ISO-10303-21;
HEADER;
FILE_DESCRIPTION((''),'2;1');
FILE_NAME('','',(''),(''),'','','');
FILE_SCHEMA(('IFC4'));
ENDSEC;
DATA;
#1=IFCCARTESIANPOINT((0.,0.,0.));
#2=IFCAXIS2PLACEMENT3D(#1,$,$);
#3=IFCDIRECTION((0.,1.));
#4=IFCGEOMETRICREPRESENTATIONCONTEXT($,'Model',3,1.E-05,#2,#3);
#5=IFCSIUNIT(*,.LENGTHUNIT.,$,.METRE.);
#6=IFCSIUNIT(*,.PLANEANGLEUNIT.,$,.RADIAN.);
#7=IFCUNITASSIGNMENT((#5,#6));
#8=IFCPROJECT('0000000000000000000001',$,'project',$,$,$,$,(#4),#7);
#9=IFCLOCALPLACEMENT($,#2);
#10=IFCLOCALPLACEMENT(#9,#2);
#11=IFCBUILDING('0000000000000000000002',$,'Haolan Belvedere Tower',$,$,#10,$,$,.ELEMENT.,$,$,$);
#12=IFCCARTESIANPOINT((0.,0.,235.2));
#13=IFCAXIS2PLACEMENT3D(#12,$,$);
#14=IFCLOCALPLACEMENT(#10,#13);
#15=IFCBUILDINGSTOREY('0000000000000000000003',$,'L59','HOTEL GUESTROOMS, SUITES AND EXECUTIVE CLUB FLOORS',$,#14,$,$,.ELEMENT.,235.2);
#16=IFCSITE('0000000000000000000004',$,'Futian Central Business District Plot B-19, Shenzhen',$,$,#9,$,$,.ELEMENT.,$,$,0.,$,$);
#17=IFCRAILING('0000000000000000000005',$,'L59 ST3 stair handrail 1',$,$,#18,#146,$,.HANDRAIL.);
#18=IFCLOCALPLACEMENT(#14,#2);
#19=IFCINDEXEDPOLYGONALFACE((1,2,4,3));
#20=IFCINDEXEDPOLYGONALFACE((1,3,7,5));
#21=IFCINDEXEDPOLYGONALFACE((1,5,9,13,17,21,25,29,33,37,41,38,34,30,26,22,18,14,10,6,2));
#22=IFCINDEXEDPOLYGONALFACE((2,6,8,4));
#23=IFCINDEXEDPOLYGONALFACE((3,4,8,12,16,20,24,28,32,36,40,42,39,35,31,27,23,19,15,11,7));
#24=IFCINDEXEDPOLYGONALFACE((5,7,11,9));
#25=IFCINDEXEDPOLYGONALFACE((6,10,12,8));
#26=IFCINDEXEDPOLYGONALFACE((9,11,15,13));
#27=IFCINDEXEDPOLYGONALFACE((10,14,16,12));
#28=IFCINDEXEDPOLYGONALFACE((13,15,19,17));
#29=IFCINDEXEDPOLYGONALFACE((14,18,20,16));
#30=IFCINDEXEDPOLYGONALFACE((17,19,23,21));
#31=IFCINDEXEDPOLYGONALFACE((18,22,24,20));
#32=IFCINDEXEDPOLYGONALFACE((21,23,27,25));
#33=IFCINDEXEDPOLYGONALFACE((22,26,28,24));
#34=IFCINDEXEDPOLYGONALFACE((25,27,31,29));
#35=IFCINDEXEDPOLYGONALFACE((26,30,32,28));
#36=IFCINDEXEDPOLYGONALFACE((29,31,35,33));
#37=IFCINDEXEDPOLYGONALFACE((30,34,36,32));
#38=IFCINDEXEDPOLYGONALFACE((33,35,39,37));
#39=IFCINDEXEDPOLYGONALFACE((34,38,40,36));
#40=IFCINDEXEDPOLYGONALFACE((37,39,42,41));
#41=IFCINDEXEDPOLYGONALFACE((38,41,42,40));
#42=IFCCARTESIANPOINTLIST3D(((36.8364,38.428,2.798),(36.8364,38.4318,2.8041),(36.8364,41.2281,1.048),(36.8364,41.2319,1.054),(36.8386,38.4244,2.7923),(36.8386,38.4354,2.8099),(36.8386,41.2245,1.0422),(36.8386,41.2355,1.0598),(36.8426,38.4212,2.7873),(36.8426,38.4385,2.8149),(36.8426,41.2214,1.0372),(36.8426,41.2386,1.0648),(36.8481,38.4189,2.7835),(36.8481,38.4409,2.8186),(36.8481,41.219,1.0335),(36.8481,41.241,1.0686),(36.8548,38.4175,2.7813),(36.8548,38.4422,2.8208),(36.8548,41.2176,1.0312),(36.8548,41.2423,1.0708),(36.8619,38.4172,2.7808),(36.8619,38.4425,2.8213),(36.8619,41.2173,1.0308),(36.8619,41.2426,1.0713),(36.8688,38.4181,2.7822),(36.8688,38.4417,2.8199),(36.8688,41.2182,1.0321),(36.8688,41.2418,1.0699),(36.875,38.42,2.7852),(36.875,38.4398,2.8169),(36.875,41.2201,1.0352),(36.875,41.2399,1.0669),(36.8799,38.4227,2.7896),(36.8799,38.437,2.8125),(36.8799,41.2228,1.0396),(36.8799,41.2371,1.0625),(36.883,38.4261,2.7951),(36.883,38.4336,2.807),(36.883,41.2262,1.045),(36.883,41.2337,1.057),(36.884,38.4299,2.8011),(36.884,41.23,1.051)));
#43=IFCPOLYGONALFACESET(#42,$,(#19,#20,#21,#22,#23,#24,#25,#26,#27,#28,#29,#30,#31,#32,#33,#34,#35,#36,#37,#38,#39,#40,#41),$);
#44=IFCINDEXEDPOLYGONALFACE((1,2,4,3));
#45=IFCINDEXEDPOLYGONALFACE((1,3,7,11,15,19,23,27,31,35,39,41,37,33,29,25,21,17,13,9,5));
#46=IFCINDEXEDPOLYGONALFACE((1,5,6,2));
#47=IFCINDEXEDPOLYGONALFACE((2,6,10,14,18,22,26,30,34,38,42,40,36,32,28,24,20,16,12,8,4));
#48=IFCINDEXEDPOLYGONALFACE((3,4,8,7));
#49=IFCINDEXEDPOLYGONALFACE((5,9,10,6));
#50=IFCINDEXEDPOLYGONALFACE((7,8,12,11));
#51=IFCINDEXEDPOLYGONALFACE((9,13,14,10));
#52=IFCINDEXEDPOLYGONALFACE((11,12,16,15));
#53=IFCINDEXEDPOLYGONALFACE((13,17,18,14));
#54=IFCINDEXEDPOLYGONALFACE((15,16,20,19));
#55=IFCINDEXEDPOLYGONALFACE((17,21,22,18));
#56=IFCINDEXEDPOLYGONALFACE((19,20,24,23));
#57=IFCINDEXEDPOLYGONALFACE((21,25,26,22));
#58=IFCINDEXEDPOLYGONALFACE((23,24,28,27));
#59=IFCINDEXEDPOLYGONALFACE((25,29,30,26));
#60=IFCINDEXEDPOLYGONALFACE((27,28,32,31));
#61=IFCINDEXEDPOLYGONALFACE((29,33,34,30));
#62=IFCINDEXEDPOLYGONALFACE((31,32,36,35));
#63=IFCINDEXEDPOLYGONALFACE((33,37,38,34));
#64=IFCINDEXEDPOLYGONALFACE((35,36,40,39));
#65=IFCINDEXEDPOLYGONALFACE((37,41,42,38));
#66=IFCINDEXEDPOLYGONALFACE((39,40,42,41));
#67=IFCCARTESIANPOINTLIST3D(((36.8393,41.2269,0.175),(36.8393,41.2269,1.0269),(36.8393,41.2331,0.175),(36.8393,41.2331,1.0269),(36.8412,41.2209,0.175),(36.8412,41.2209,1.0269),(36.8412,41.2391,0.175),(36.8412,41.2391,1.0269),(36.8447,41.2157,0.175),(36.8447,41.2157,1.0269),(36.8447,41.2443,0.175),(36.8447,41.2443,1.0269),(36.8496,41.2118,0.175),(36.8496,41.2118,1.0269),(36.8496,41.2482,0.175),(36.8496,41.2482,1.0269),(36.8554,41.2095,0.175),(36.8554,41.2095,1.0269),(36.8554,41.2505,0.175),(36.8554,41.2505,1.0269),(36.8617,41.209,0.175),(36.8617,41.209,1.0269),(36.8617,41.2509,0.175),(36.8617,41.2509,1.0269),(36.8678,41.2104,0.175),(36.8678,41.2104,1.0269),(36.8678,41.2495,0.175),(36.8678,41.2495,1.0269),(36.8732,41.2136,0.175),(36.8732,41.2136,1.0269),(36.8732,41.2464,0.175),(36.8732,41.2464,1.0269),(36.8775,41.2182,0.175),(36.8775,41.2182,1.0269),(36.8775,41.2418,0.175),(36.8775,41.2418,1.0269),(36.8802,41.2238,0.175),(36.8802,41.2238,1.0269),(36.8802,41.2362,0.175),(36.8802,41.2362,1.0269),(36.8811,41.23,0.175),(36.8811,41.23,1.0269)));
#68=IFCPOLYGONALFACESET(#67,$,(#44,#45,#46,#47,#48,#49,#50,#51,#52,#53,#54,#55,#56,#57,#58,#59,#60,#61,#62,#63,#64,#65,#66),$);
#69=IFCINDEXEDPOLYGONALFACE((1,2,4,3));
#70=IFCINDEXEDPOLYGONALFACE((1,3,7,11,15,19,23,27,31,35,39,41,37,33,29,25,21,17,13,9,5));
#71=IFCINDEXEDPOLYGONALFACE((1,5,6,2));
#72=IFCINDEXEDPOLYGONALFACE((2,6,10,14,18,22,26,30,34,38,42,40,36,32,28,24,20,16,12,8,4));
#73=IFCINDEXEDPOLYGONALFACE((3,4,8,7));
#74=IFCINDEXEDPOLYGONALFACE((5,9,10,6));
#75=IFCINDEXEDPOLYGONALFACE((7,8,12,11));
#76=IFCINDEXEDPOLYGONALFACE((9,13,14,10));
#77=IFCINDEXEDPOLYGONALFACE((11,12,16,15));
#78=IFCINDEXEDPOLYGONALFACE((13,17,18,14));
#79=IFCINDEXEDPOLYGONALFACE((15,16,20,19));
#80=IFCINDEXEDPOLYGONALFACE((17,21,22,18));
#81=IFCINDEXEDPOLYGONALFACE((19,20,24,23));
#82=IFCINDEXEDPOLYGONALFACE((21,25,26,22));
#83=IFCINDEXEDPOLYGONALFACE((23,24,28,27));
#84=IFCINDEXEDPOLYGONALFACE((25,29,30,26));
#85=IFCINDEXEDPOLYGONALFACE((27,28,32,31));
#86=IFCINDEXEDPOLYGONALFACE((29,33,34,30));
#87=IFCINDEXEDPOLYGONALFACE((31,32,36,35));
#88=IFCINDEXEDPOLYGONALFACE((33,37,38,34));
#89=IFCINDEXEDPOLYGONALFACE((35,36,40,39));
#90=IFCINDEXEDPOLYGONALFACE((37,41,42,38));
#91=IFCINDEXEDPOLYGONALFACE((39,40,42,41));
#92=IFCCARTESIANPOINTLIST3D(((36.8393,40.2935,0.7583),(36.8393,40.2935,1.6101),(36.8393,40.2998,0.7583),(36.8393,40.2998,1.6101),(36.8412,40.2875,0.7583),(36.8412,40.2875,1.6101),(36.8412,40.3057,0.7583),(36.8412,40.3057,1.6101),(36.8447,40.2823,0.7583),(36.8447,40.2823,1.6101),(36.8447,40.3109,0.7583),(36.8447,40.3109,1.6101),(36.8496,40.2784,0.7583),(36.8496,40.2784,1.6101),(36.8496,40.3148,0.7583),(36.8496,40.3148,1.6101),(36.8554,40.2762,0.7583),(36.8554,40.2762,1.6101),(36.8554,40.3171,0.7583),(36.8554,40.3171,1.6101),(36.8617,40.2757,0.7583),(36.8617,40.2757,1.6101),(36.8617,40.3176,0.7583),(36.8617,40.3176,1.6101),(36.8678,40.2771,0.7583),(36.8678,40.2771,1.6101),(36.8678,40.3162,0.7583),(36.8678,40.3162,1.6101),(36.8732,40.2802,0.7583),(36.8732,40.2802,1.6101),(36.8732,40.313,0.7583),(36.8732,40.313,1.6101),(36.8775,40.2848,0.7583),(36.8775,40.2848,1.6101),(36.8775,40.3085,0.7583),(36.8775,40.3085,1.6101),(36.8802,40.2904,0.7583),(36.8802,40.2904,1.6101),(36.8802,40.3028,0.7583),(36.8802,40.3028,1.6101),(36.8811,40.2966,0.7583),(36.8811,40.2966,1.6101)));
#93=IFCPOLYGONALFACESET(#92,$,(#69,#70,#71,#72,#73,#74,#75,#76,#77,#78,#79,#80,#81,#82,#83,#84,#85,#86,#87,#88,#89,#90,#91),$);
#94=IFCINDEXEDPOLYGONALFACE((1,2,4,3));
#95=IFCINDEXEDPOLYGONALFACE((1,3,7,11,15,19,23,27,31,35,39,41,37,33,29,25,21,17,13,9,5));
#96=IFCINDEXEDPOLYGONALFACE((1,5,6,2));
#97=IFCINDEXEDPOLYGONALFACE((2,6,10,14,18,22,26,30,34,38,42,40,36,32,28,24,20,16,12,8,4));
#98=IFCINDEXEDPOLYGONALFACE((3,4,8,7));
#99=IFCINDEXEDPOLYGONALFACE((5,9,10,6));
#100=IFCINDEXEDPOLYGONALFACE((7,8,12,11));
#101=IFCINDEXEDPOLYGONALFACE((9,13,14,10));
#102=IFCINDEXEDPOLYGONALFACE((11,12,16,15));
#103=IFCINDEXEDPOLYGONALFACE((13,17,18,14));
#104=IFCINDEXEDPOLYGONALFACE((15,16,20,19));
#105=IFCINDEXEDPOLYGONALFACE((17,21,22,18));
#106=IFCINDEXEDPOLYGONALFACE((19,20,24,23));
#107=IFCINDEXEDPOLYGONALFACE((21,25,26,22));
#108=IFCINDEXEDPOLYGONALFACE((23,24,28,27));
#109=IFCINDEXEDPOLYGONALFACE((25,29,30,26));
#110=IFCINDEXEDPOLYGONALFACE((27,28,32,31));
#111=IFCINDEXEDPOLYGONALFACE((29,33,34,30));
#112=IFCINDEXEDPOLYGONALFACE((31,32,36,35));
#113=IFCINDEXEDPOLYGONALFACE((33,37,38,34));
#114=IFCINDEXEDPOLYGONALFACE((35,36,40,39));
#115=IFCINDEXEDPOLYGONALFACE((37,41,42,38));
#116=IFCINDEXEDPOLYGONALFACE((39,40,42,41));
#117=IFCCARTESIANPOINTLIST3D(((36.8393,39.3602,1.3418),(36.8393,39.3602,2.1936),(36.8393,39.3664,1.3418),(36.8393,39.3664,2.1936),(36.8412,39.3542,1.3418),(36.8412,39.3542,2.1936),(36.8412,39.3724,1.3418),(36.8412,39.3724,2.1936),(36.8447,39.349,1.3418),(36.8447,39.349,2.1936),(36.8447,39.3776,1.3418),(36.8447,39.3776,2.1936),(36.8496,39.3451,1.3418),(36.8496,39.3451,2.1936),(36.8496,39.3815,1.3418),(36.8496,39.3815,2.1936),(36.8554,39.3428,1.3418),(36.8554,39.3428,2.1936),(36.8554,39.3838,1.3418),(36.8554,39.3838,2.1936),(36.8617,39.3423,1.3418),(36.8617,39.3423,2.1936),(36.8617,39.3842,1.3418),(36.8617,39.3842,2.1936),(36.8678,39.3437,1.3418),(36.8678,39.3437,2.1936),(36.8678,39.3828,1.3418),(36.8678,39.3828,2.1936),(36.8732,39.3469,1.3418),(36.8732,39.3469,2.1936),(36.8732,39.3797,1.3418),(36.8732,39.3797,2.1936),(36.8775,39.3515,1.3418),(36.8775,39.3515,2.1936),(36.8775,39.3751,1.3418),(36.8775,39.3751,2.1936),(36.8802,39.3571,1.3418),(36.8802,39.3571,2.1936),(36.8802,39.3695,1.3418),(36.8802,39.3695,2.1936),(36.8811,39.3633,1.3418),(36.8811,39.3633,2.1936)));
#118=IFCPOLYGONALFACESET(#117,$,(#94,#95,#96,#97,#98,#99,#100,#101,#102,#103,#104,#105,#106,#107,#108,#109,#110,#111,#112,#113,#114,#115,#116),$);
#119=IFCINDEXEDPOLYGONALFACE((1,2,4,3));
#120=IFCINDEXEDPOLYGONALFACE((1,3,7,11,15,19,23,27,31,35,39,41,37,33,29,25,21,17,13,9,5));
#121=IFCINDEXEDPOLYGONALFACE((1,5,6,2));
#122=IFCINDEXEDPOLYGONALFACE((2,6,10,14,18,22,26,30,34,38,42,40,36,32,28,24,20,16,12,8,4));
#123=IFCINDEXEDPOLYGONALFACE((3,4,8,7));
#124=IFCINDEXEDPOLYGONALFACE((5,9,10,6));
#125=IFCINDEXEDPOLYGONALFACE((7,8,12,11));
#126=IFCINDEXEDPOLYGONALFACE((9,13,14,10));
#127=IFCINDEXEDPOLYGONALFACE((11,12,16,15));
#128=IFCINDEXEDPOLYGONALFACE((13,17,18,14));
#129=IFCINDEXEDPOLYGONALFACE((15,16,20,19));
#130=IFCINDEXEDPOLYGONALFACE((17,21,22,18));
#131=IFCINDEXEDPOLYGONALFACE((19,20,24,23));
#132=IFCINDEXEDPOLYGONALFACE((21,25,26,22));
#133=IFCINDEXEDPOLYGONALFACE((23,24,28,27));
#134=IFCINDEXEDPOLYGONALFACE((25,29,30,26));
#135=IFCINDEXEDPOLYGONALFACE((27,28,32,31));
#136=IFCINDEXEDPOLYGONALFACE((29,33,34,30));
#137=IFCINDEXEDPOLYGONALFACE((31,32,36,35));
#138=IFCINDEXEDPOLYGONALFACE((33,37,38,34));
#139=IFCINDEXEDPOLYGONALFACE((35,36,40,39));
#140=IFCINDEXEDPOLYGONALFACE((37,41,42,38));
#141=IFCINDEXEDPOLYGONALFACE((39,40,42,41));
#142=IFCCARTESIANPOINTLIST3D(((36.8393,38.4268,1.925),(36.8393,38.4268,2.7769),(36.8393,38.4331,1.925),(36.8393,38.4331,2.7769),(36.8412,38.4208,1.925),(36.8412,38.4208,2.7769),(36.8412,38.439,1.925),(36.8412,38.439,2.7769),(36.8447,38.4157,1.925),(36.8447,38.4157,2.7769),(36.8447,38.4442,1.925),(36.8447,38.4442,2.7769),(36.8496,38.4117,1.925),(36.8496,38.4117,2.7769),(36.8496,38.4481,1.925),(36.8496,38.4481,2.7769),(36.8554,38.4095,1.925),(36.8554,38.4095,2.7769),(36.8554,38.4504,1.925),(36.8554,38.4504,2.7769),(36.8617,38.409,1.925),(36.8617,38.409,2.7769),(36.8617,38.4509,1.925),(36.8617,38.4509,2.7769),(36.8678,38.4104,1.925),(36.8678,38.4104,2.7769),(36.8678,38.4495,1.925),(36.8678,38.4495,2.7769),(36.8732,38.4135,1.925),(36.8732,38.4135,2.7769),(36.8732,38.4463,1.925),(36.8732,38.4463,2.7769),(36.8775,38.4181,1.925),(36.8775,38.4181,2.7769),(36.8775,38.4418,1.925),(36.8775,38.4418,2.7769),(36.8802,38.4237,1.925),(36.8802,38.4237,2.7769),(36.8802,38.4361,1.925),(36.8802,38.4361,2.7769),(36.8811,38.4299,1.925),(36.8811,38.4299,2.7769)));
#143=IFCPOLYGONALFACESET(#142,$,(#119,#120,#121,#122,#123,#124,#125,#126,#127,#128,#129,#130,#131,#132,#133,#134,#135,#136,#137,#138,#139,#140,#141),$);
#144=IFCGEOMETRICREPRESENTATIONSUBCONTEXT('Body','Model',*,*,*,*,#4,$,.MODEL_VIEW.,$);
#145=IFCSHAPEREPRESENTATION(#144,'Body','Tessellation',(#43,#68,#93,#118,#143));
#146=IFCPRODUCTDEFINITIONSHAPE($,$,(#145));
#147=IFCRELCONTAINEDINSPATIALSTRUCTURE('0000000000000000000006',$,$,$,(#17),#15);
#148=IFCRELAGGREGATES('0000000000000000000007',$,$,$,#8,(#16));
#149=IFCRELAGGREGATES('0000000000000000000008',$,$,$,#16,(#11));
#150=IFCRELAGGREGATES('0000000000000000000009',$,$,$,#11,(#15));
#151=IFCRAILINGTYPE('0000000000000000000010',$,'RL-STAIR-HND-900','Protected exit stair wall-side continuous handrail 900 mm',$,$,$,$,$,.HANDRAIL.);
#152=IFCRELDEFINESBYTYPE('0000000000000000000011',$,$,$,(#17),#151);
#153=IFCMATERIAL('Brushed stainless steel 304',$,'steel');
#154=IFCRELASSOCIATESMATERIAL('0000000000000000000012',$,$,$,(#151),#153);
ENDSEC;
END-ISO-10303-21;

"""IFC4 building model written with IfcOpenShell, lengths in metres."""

from ifc_helpers import new_model, si_unit, direction, frame, origin, origin_2d, place, context, subcontext, project, spatial, circle, extrude, material, type_object, element, save


model = new_model("IFC4")

# Units and contexts
model_context = context("Model", 3, precision=1e-05, world=origin(), true_north=direction((0.0, 1.0)))
body_context = subcontext(model_context, "Body", "Model", "MODEL_VIEW")
ifc_project = project(units=[si_unit("LENGTHUNIT", "METRE"), si_unit("PLANEANGLEUNIT", "RADIAN")], contexts=[model_context])

# Site, building, storey
site_placement = place(None, origin())
site = spatial("IfcSite", under=ifc_project, at=site_placement, Name="Futian Central Business District Plot B-19, Shenzhen", CompositionType="ELEMENT", RefElevation=0.0)
building_placement = place(site_placement, origin())
building = spatial("IfcBuilding", under=site, at=building_placement, Name="Haolan Belvedere Tower", CompositionType="ELEMENT")
storey_placement = place(building_placement, frame((0.0, 0.0, 235.2)))
storey = spatial("IfcBuildingStorey", under=building, at=storey_placement, Name="L59", Description="HOTEL GUESTROOMS, SUITES AND EXECUTIVE CLUB FLOORS", CompositionType="ELEMENT", Elevation=235.2)

# Railing
ifc_material_1 = material(Name="Brushed stainless steel 304", Category="steel")
railing_type_1 = type_object("IfcRailingType", Name="RL-STAIR-HND-900", Description="Protected exit stair wall-side continuous handrail 900 mm", PredefinedType="HANDRAIL", material=ifc_material_1)
for number, where, name in (
    (1, (36.8601, 41.23, 0.175), "L59 ST3 stair handrail 1"),
):
    element("IfcRailing", number, at=place(storey_placement, frame(where)), inside=storey, type_object=railing_type_1, Name=name, PredefinedType="HANDRAIL", context=body_context, shape_type="SweptSolid", body=[
        extrude(circle(Radius=0.0239, at=origin_2d()), frame((0.0, 0.0, 0.876), z_axis=(0.0, -0.848002, 0.529992), x_axis=(1.0, 0.0, 0.0)), (0.0, 0.0, 1.0), 3.302),
        extrude(circle(Radius=0.021, at=origin_2d()), origin(), (0.0, 0.0, 1.0), 0.8518),
        extrude(circle(Radius=0.021, at=origin_2d()), frame((0.0, -0.9333, 0.5833)), (0.0, 0.0, 1.0), 0.8518),
        extrude(circle(Radius=0.021, at=origin_2d()), frame((0.0, -1.8667, 1.1667)), (0.0, 0.0, 1.0), 0.8518),
        extrude(circle(Radius=0.021, at=origin_2d()), frame((0.0, -2.8, 1.75)), (0.0, 0.0, 1.0), 0.8518),
    ])

save(model, "model.ifc")
